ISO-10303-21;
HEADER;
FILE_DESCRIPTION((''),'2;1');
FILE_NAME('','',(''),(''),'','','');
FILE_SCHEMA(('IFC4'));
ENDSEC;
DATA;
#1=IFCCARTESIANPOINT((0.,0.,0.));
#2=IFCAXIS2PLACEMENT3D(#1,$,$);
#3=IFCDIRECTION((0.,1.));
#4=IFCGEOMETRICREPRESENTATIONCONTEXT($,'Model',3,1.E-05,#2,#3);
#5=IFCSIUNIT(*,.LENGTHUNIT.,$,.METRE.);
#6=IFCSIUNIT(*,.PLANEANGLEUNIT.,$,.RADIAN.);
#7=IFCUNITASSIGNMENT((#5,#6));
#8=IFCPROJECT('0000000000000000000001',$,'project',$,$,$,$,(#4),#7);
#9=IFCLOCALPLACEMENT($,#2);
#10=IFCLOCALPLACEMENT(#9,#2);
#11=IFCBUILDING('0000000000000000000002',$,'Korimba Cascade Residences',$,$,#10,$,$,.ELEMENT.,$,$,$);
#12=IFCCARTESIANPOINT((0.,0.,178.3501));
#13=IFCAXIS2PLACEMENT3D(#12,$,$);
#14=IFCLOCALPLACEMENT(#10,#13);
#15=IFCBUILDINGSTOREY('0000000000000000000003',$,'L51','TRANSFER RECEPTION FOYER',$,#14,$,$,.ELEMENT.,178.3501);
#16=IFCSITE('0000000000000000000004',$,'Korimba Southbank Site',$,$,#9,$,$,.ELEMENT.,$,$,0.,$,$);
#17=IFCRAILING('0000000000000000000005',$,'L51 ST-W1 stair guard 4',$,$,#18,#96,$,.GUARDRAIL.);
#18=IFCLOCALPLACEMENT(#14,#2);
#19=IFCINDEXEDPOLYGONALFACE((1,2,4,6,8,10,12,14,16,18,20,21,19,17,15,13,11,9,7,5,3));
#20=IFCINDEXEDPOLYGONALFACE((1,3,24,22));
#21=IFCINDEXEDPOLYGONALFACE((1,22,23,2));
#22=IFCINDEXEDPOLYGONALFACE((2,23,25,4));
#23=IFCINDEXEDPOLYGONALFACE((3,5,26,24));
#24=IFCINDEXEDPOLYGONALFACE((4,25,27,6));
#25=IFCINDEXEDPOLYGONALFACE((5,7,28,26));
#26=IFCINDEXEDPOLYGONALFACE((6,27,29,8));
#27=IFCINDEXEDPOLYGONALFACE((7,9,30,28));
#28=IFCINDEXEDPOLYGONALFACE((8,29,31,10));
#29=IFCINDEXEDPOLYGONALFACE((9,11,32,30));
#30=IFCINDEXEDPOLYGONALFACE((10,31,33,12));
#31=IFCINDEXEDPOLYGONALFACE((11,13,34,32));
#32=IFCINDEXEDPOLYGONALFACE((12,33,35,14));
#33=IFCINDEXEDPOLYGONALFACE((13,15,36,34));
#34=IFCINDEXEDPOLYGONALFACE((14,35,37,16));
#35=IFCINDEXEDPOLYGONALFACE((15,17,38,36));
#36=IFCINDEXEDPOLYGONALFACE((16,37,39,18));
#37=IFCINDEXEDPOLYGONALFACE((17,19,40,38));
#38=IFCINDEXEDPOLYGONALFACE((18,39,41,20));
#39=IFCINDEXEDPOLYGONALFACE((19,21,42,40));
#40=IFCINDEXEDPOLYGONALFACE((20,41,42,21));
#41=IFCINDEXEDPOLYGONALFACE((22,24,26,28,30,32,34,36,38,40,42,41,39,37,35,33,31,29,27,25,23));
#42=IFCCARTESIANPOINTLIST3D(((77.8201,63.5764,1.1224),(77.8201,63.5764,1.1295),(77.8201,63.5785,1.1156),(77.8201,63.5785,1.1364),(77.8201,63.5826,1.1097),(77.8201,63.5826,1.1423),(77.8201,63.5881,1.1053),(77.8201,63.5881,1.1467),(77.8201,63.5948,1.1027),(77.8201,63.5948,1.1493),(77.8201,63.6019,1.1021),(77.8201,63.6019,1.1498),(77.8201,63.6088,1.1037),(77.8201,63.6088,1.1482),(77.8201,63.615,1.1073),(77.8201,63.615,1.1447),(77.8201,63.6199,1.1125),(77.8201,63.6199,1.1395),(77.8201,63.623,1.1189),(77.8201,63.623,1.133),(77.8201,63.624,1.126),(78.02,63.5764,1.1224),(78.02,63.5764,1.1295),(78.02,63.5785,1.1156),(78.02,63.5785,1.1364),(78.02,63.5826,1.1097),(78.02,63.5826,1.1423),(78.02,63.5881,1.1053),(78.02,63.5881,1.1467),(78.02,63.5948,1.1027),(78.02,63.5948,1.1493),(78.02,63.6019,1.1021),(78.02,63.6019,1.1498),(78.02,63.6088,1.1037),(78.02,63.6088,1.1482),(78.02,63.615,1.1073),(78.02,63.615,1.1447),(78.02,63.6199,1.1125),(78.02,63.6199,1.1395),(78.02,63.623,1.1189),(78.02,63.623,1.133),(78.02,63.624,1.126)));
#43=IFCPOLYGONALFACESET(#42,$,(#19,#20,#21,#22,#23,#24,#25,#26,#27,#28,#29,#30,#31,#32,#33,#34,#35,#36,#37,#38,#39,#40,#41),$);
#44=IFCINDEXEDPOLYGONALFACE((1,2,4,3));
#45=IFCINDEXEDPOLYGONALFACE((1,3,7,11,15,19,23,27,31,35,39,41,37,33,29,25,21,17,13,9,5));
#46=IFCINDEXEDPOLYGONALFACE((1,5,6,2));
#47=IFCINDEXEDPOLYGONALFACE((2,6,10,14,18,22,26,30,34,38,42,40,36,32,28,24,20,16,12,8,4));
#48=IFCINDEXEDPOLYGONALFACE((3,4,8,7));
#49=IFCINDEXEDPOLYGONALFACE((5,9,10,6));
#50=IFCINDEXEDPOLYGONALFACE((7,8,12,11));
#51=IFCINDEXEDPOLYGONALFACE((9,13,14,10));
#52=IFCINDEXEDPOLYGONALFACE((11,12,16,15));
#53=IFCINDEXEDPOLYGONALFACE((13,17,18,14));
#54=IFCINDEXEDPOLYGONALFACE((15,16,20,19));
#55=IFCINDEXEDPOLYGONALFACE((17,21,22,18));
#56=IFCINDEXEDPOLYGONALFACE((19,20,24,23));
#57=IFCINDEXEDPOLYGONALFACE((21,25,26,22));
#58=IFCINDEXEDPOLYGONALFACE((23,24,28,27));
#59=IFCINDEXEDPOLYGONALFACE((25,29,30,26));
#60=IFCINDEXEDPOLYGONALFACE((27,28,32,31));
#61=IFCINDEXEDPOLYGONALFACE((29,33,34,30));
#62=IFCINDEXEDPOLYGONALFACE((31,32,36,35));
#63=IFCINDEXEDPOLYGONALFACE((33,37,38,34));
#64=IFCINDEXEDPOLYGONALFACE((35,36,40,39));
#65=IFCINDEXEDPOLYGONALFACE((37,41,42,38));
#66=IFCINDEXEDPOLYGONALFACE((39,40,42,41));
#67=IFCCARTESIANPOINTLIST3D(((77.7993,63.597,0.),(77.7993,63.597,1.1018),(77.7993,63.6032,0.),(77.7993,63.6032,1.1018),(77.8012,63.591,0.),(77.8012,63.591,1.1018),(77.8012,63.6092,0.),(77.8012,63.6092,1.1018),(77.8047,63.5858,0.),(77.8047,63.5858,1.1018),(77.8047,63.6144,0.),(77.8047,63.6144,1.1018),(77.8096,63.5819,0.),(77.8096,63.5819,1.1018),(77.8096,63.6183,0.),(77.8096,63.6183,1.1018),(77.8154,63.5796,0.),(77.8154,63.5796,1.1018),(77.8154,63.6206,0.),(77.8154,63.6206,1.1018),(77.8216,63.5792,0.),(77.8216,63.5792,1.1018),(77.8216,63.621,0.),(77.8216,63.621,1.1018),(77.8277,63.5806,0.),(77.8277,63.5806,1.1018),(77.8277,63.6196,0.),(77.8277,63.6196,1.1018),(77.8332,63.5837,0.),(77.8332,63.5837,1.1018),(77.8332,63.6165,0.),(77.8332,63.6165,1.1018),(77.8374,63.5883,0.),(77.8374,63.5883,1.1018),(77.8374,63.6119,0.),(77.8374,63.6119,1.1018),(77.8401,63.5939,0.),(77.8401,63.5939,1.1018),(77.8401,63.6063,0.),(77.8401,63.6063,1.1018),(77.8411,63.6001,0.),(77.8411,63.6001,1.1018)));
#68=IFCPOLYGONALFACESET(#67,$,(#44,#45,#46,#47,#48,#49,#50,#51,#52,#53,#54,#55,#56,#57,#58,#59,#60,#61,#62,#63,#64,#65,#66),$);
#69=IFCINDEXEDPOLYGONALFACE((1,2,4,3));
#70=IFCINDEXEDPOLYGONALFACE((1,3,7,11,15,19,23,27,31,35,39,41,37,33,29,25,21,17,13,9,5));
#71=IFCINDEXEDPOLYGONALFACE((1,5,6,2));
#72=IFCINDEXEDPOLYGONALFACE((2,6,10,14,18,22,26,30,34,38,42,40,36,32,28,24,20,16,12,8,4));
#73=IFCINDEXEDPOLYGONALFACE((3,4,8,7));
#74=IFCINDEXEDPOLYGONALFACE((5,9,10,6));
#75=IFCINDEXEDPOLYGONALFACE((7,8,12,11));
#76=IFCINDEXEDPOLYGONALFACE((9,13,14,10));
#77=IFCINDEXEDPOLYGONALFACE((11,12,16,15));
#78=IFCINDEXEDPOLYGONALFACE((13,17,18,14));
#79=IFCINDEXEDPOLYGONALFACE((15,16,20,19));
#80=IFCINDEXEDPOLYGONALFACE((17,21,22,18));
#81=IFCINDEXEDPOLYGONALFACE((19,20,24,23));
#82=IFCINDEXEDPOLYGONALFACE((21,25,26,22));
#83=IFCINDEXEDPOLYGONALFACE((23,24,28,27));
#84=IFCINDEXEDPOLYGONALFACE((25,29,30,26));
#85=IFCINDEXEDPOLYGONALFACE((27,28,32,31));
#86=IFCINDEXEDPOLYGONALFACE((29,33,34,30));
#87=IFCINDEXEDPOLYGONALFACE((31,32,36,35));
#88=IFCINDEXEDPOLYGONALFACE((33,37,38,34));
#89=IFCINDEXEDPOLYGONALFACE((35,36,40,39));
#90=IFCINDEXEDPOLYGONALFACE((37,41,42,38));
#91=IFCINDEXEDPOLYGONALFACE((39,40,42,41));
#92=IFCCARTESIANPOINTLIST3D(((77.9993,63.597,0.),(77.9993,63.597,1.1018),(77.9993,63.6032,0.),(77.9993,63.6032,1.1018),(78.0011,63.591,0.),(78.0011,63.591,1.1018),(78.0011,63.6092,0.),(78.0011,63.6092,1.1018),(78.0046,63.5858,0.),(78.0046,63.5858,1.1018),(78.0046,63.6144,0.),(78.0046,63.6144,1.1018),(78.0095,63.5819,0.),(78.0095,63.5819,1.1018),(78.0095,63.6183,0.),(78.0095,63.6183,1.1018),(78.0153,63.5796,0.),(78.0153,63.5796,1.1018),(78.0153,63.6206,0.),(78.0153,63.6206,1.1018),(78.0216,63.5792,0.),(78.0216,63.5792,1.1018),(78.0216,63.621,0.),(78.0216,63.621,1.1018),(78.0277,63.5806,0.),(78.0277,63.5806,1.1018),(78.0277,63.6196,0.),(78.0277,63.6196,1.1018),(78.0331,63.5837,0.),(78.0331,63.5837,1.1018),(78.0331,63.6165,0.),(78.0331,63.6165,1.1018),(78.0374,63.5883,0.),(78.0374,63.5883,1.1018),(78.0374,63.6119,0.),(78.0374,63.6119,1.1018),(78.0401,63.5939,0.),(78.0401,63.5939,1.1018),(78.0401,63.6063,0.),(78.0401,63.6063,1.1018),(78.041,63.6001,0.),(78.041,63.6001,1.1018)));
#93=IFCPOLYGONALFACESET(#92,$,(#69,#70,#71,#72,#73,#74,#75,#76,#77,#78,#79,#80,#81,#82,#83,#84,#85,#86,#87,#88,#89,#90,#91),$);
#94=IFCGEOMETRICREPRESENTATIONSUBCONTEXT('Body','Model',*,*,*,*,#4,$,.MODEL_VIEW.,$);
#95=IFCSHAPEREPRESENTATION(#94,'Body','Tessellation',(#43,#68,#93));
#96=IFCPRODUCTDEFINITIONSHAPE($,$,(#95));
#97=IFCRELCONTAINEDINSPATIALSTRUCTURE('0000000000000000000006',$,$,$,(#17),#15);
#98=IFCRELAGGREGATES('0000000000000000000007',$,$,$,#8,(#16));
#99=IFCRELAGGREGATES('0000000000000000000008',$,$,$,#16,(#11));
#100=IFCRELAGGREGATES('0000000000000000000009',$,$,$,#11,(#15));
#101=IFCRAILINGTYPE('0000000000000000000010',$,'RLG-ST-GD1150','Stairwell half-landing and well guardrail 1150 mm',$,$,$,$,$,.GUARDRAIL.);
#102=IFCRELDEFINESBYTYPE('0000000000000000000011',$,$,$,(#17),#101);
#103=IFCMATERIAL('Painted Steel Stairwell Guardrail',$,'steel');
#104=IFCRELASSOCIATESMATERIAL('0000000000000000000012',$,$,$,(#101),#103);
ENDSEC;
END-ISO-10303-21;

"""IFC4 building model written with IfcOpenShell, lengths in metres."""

from ifc_helpers import new_model, si_unit, direction, frame, origin, origin_2d, place, context, subcontext, project, spatial, circle, extrude, material, type_object, element, save


model = new_model("IFC4")

# Units and contexts
model_context = context("Model", 3, precision=1e-05, world=origin(), true_north=direction((0.0, 1.0)))
body_context = subcontext(model_context, "Body", "Model", "MODEL_VIEW")
ifc_project = project(units=[si_unit("LENGTHUNIT", "METRE"), si_unit("PLANEANGLEUNIT", "RADIAN")], contexts=[model_context])

# Site, building, storey
site_placement = place(None, origin())
site = spatial("IfcSite", under=ifc_project, at=site_placement, Name="Korimba Southbank Site", CompositionType="ELEMENT", RefElevation=0.0)
building_placement = place(site_placement, origin())
building = spatial("IfcBuilding", under=site, at=building_placement, Name="Korimba Cascade Residences", CompositionType="ELEMENT")
storey_placement = place(building_placement, frame((0.0, 0.0, 178.3501)))
storey = spatial("IfcBuildingStorey", under=building, at=storey_placement, Name="L51", Description="TRANSFER RECEPTION FOYER", CompositionType="ELEMENT", Elevation=178.3501)

# Railing
ifc_material_1 = material(Name="Painted Steel Stairwell Guardrail", Category="steel")
railing_type_1 = type_object("IfcRailingType", Name="RLG-ST-GD1150", Description="Stairwell half-landing and well guardrail 1150 mm", PredefinedType="GUARDRAIL", material=ifc_material_1)
railing_1_placement = place(storey_placement, frame((77.8201, 63.6001, 0.0)))
element("IfcRailing", 1, at=railing_1_placement, inside=storey, type_object=railing_type_1, Name="L51 ST-W1 stair guard 4", PredefinedType="GUARDRAIL", context=body_context, shape_type="SweptSolid", body=[
    extrude(circle(Radius=0.0239, at=origin_2d()), frame((0.0, 0.0, 1.126), z_axis=(1.0, 0.0, 0.0), x_axis=(0.0, 1.0, 0.0)), (0.0, 0.0, 1.0), 0.2),
    extrude(circle(Radius=0.021, at=origin_2d()), origin(), (0.0, 0.0, 1.0), 1.1018),
    extrude(circle(Radius=0.021, at=origin_2d()), frame((0.2, 0.0, 0.0)), (0.0, 0.0, 1.0), 1.1018),
])

save(model, "model.ifc")
